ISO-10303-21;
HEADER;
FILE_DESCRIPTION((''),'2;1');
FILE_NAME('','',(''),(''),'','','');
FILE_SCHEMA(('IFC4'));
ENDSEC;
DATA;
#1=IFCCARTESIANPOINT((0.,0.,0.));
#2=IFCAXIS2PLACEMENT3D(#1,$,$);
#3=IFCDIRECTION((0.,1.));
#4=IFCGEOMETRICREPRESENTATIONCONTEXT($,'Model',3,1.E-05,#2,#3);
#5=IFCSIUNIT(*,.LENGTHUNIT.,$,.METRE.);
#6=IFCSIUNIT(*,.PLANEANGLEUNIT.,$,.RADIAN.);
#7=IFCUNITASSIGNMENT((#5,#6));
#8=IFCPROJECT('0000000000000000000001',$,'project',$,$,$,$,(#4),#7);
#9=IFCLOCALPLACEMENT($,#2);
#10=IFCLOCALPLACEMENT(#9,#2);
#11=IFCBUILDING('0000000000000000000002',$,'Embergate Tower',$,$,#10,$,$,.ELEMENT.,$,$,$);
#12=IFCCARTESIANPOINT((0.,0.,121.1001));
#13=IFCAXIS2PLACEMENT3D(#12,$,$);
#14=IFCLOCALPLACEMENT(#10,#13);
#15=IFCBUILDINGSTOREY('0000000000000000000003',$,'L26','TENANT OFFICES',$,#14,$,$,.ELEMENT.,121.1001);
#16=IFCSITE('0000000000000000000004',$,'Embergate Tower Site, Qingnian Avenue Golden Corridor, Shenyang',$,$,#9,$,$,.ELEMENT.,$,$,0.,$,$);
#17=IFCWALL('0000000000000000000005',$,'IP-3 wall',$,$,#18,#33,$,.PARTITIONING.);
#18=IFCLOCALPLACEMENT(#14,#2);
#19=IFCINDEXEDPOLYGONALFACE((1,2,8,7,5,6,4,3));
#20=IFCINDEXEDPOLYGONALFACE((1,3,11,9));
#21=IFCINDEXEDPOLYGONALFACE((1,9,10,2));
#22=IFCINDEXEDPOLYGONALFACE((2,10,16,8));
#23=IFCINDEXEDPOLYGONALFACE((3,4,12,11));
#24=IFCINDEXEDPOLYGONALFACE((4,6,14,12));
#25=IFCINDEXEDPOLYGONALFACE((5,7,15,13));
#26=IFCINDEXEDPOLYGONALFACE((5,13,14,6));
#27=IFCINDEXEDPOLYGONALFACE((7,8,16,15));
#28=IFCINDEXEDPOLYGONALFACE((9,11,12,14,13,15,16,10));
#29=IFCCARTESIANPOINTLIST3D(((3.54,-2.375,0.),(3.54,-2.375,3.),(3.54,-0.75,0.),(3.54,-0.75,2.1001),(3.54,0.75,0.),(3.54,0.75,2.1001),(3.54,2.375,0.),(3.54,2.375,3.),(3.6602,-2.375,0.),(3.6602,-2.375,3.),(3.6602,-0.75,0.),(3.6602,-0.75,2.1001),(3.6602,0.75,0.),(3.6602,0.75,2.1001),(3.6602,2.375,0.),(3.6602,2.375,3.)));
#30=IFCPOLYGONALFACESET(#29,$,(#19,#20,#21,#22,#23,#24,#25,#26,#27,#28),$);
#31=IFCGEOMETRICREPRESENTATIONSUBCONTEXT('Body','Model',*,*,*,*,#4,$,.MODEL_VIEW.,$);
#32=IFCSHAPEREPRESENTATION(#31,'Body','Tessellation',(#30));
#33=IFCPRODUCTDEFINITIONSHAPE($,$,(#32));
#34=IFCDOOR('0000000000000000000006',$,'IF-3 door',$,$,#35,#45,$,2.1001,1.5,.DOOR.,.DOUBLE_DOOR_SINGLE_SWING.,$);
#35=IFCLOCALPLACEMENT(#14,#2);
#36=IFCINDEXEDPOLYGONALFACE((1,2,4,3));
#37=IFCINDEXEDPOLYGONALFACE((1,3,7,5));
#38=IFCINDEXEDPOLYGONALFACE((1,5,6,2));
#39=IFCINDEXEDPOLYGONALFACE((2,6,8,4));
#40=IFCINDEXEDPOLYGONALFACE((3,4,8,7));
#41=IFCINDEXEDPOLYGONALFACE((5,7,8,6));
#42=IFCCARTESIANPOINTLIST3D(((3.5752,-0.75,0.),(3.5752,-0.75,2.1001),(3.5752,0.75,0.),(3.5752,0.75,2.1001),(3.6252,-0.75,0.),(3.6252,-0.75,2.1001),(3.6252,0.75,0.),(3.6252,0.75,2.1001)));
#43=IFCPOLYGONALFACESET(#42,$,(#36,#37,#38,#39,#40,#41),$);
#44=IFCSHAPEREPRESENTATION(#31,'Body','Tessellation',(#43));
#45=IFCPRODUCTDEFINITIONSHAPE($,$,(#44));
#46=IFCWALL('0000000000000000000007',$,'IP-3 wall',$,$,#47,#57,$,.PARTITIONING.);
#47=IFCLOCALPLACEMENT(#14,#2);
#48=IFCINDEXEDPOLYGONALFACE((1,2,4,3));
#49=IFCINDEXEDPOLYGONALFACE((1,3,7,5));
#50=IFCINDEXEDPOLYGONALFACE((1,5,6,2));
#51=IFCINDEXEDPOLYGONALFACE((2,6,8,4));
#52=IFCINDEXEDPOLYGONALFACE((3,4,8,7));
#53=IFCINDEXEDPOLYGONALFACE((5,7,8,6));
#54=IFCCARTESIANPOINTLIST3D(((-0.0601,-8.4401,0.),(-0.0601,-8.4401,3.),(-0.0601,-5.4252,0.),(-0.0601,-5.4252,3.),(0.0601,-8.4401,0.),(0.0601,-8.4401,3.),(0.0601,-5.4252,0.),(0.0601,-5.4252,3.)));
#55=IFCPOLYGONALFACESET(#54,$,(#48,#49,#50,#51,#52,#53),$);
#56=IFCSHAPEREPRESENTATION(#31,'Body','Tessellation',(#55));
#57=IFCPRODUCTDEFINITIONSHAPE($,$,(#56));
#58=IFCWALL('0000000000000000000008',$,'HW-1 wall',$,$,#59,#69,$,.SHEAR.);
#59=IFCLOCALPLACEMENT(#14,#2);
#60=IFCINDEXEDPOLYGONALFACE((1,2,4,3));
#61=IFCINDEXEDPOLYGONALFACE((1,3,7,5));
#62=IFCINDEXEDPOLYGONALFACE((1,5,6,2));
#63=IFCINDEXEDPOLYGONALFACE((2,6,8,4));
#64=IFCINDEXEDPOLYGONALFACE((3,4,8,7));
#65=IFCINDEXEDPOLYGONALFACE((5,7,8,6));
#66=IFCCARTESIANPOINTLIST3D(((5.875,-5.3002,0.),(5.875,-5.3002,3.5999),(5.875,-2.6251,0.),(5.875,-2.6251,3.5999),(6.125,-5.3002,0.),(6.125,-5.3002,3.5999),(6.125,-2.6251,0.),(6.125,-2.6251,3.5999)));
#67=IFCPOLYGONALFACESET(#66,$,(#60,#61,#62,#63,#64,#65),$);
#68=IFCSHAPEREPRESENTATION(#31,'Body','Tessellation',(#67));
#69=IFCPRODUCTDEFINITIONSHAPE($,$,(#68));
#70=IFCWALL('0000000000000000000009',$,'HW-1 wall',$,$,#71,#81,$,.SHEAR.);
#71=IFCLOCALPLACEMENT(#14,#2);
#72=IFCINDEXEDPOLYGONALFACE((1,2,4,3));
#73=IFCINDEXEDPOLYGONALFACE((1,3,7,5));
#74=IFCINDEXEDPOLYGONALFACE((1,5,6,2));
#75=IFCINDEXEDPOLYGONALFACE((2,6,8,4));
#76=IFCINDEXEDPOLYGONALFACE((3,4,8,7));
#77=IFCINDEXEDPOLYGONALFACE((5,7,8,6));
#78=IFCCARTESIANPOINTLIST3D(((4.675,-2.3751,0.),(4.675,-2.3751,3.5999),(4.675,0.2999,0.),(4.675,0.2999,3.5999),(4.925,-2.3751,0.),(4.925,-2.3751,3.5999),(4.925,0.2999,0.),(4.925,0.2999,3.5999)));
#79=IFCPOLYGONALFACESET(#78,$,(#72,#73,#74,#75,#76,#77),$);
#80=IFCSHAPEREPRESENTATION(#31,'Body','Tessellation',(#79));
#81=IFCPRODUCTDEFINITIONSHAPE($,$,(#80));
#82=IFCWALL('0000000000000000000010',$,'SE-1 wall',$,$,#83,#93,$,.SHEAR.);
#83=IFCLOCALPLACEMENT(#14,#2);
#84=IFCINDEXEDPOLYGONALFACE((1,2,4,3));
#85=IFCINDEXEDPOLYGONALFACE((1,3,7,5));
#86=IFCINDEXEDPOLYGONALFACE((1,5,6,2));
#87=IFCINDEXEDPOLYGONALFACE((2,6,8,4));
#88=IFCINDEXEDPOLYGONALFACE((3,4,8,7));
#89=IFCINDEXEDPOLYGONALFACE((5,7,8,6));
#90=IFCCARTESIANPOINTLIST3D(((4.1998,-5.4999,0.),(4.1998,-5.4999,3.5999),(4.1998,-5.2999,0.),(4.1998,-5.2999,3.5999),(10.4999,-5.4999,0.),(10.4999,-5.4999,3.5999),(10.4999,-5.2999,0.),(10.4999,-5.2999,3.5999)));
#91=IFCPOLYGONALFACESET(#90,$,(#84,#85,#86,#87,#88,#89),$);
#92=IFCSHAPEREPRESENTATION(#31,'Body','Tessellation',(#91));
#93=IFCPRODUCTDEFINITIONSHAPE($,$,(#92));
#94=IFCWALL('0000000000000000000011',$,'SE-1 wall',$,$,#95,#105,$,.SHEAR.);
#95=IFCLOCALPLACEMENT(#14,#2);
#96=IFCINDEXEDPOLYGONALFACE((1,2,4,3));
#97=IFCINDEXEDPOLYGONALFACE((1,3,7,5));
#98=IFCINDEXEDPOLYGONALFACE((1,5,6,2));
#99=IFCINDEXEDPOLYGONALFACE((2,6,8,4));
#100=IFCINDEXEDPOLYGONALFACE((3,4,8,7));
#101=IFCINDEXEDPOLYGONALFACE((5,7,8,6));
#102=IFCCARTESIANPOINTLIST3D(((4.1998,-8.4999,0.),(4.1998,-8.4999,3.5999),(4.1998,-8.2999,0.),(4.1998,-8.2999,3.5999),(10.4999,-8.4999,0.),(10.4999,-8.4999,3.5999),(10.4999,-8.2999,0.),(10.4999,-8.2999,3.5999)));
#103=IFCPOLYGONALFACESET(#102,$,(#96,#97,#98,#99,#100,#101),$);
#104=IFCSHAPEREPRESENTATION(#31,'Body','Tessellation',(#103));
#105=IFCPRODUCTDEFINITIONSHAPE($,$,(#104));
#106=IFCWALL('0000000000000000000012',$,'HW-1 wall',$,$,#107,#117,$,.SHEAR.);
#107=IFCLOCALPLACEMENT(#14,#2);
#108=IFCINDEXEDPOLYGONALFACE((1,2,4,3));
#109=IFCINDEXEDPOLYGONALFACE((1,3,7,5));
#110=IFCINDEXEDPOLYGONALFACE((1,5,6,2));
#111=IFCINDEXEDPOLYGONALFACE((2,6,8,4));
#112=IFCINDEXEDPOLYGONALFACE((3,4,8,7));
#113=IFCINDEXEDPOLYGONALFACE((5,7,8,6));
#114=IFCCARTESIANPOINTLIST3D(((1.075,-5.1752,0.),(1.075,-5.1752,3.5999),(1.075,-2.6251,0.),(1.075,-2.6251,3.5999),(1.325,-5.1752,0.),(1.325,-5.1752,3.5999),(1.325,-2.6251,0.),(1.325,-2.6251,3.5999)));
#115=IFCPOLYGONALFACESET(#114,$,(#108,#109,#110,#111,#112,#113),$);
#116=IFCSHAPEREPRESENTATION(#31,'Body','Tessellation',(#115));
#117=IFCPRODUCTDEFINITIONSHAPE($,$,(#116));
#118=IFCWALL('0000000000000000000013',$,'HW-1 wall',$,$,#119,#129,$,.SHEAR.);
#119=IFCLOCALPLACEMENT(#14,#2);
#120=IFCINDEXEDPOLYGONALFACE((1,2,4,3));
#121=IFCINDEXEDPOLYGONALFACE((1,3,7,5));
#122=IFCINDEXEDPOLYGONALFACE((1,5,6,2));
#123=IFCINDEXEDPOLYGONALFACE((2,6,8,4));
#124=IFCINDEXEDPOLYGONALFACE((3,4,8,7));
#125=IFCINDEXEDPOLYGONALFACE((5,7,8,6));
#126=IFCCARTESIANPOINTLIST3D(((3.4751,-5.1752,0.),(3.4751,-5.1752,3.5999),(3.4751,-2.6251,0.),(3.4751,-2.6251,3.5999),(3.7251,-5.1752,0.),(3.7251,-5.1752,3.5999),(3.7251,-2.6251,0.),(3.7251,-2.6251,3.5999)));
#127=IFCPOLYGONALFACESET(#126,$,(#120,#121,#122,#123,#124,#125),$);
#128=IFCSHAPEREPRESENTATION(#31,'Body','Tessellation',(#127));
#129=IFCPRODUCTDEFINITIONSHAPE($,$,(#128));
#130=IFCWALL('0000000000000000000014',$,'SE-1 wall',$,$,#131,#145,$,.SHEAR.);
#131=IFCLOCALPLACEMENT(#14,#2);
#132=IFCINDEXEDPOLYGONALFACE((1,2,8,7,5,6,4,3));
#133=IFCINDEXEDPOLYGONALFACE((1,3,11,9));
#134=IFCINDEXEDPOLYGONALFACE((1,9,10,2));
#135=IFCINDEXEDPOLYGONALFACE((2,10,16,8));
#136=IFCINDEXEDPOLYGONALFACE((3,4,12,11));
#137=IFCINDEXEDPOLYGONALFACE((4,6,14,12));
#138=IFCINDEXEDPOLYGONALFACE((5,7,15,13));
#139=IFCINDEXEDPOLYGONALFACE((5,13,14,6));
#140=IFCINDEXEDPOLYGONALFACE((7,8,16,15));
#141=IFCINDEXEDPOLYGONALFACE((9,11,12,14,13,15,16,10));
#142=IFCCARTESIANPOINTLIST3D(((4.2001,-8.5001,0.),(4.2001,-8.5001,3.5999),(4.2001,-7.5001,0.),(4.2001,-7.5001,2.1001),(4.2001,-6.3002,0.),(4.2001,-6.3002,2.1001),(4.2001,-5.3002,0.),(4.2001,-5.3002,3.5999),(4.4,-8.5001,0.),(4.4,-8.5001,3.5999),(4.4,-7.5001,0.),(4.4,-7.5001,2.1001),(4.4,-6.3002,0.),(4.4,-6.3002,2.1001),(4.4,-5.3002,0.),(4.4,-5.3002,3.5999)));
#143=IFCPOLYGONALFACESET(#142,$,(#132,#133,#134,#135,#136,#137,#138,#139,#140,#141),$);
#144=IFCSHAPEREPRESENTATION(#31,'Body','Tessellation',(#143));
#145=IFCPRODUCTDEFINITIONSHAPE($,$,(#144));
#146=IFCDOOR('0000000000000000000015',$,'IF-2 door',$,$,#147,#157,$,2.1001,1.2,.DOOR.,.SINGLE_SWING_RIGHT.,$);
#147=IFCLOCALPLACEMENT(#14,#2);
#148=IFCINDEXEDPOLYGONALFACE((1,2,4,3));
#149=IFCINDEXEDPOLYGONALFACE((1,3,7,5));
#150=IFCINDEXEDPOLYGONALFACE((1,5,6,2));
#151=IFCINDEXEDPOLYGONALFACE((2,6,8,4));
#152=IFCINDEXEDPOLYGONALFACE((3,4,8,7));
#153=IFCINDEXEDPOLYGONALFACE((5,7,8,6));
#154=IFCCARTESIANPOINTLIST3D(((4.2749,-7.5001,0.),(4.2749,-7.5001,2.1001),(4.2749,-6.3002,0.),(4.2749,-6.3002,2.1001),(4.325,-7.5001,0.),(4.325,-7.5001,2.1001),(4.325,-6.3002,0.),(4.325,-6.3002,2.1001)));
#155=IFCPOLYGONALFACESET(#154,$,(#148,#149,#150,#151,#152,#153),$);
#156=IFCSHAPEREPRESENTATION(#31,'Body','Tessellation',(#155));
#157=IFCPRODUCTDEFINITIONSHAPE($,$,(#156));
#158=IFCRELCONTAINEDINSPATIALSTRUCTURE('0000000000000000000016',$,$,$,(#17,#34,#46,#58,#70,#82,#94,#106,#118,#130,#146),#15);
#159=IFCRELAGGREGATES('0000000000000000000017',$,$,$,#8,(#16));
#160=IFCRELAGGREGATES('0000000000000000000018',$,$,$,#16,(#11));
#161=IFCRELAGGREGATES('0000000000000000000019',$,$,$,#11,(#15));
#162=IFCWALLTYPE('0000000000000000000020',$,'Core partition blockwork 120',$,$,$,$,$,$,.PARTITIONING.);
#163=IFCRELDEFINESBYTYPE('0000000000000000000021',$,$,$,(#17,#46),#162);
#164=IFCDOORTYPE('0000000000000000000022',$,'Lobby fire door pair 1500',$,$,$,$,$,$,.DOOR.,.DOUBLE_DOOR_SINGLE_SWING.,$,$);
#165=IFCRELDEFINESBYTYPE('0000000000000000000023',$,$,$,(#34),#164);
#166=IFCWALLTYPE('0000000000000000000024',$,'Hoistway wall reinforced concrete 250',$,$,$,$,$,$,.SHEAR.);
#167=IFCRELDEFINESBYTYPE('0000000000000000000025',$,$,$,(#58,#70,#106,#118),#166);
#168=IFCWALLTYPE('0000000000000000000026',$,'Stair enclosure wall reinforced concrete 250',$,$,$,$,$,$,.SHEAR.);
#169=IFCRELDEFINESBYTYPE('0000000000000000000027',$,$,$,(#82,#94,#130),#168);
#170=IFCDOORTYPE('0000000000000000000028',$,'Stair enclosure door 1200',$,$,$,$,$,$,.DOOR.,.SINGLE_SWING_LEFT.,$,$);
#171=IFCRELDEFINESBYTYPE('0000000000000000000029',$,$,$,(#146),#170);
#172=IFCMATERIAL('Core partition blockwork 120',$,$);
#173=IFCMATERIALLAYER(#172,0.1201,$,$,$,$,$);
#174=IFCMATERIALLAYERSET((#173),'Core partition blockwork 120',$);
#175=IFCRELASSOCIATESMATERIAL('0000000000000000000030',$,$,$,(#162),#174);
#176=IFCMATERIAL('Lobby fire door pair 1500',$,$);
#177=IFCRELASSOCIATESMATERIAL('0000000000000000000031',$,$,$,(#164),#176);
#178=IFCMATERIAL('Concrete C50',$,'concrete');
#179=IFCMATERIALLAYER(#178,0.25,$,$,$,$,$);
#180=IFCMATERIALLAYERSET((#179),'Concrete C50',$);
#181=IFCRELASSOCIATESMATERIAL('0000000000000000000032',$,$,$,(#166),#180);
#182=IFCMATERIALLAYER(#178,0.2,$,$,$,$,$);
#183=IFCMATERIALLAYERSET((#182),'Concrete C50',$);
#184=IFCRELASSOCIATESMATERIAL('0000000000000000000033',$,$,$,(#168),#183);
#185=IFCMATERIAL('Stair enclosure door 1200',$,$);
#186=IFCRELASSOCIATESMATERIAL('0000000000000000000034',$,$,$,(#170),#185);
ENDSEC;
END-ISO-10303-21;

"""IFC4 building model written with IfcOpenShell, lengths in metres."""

from ifc_helpers import new_model, si_unit, direction, frame, frame_2d, origin, place, context, subcontext, project, spatial, rectangle, extrude, source, transform, mapped, material, layer, layer_set, type_object, element, fill, save


model = new_model("IFC4")

# Units and contexts
model_context = context("Model", 3, precision=1e-05, world=origin(), true_north=direction((0.0, 1.0)))
body_context = subcontext(model_context, "Body", "Model", "MODEL_VIEW")
ifc_project = project(units=[si_unit("LENGTHUNIT", "METRE"), si_unit("PLANEANGLEUNIT", "RADIAN")], contexts=[model_context])

# Site, building, storey
site_placement = place(None, origin())
site = spatial("IfcSite", under=ifc_project, at=site_placement, Name="Embergate Tower Site, Qingnian Avenue Golden Corridor, Shenyang", CompositionType="ELEMENT", RefElevation=0.0)
building_placement = place(site_placement, origin())
building = spatial("IfcBuilding", under=site, at=building_placement, Name="Embergate Tower", CompositionType="ELEMENT")
storey_placement = place(building_placement, frame((0.0, 0.0, 121.1001)))
storey = spatial("IfcBuildingStorey", under=building, at=storey_placement, Name="L26", Description="TENANT OFFICES", CompositionType="ELEMENT", Elevation=121.1001)

# Wall, opening, door
ifc_material_1 = material(Name="Core partition blockwork 120")
ifc_layer_1 = layer(ifc_material_1, 0.1201)
ifc_layer_set_1 = layer_set([ifc_layer_1], Name="Core partition blockwork 120")
wall_type_1 = type_object("IfcWallType", Name="Core partition blockwork 120", PredefinedType="PARTITIONING", material=ifc_layer_set_1)
shared_shape_1 = source(origin(), body_context, "Body", "SweptSolid", [
    extrude(rectangle(XDim=4.75, YDim=0.1201, at=frame_2d((2.375, 0.0))), origin(), (0.0, 0.0, 1.0), 3.0),
])
wall_1_placement = place(storey_placement, frame((3.6001, -2.375, 0.0), z_axis=(0.0, 0.0, 1.0), x_axis=(0.0, 1.0, 0.0)))
wall_1 = element("IfcWall", 1, at=wall_1_placement, inside=storey, type_object=wall_type_1, Name="IP-3 wall", PredefinedType="PARTITIONING", context=body_context, shape_type="MappedRepresentation", body=[
    mapped(shared_shape_1, transform((0.0, 0.0, 0.0))),
])
shared_shape_2 = source(origin(), body_context, "Body", "SweptSolid", [
    extrude(rectangle(XDim=1.5, YDim=2.1001, at=frame_2d((0.75, 1.05))), frame((0.0, 0.0701, 0.0), z_axis=(0.0, -1.0, 0.0), x_axis=(1.0, 0.0, 0.0)), (0.0, 0.0, 1.0), 0.1401),
])
opening_1_placement = place(wall_1_placement, frame((1.625, 0.0, 0.0)))
opening_1 = element("IfcOpeningElement", 2, at=opening_1_placement, cuts=wall_1, PredefinedType="OPENING", context=body_context, shape_type="MappedRepresentation", body=[
    mapped(shared_shape_2, transform((0.0, 0.0, 0.0))),
])
ifc_material_2 = material(Name="Lobby fire door pair 1500")
door_type_1 = type_object("IfcDoorType", Name="Lobby fire door pair 1500", OperationType="DOUBLE_DOOR_SINGLE_SWING", PredefinedType="DOOR", material=ifc_material_2)
shared_shape_3 = source(origin(), body_context, "Body", "SweptSolid", [
    extrude(rectangle(XDim=1.5, YDim=2.1001, at=frame_2d((0.75, 1.05))), frame((0.0, 0.0249, 0.0), z_axis=(0.0, -1.0, 0.0), x_axis=(1.0, 0.0, 0.0)), (0.0, 0.0, 1.0), 0.05),
])
door_1_placement = place(opening_1_placement, origin())
door_1 = element("IfcDoor", 3, at=door_1_placement, inside=storey, type_object=door_type_1, Name="IF-3 door", OperationType="DOUBLE_DOOR_SINGLE_SWING", OverallHeight=2.1001, OverallWidth=1.5, PredefinedType="DOOR", context=body_context, shape_type="MappedRepresentation", body=[
    mapped(shared_shape_3, transform((0.0, 0.0, 0.0))),
])
fill(opening_1, door_1)

# Walls
shared_shape_4 = source(origin(), body_context, "Body", "SweptSolid", [
    extrude(rectangle(XDim=3.0149, YDim=0.1201, at=frame_2d((1.5073, 0.0))), origin(), (0.0, 0.0, 1.0), 3.0),
])
wall_2_placement = place(storey_placement, frame((0.0, -8.4399, 0.0), z_axis=(0.0, 0.0, 1.0), x_axis=(0.0, 1.0, 0.0)))
element("IfcWall", 4, at=wall_2_placement, inside=storey, type_object=wall_type_1, Name="IP-3 wall", PredefinedType="PARTITIONING", context=body_context, shape_type="MappedRepresentation", body=[
    mapped(shared_shape_4, transform((0.0, 0.0, 0.0))),
])
ifc_material_3 = material(Name="Concrete C50", Category="concrete")
ifc_layer_2 = layer(ifc_material_3, 0.25)
ifc_layer_set_2 = layer_set([ifc_layer_2], Name="Concrete C50")
wall_type_2 = type_object("IfcWallType", Name="Hoistway wall reinforced concrete 250", PredefinedType="SHEAR", material=ifc_layer_set_2)
shared_shape_5 = source(origin(), body_context, "Body", "SweptSolid", [
    extrude(rectangle(XDim=2.675, YDim=0.25, at=frame_2d((1.3374, 0.0))), origin(), (0.0, 0.0, 1.0), 3.5999),
])
for number, where, z_axis, x_axis, name in (
    (5, (6.0, -5.3, 0.0), (0.0, 0.0, 1.0), (0.0, 1.0, 0.0), "HW-1 wall"),
    (6, (4.8, -2.375, 0.0), (0.0, 0.0, 1.0), (0.0, 1.0, 0.0), "HW-1 wall"),
):
    element("IfcWall", number, at=place(storey_placement, frame(where, z_axis=z_axis, x_axis=x_axis)), inside=storey, type_object=wall_type_2, Name=name, PredefinedType="SHEAR", context=body_context, shape_type="MappedRepresentation", body=[
        mapped(shared_shape_5, transform((0.0, 0.0, 0.0))),
    ])
ifc_layer_3 = layer(ifc_material_3, 0.2)
ifc_layer_set_3 = layer_set([ifc_layer_3], Name="Concrete C50")
wall_type_3 = type_object("IfcWallType", Name="Stair enclosure wall reinforced concrete 250", PredefinedType="SHEAR", material=ifc_layer_set_3)
shared_shape_6 = source(origin(), body_context, "Body", "SweptSolid", [
    extrude(rectangle(XDim=6.3, YDim=0.2, at=frame_2d((3.1499, 0.0))), origin(), (0.0, 0.0, 1.0), 3.5999),
])
for number, where, z_axis, x_axis, name in (
    (7, (4.2, -5.3999, 0.0), (0.0, 0.0, 1.0), (1.0, 0.0, 0.0), "SE-1 wall"),
    (8, (4.2, -8.3999, 0.0), (0.0, 0.0, 1.0), (1.0, 0.0, 0.0), "SE-1 wall"),
):
    element("IfcWall", number, at=place(storey_placement, frame(where, z_axis=z_axis, x_axis=x_axis)), inside=storey, type_object=wall_type_3, Name=name, PredefinedType="SHEAR", context=body_context, shape_type="MappedRepresentation", body=[
        mapped(shared_shape_6, transform((0.0, 0.0, 0.0))),
    ])
shared_shape_7 = source(origin(), body_context, "Body", "SweptSolid", [
    extrude(rectangle(XDim=2.55, YDim=0.25, at=frame_2d((1.2749, 0.0))), origin(), (0.0, 0.0, 1.0), 3.5999),
])
for number, where, z_axis, x_axis, name in (
    (9, (1.2, -5.175, 0.0), (0.0, 0.0, 1.0), (0.0, 1.0, 0.0), "HW-1 wall"),
    (10, (3.6001, -5.175, 0.0), (0.0, 0.0, 1.0), (0.0, 1.0, 0.0), "HW-1 wall"),
):
    element("IfcWall", number, at=place(storey_placement, frame(where, z_axis=z_axis, x_axis=x_axis)), inside=storey, type_object=wall_type_2, Name=name, PredefinedType="SHEAR", context=body_context, shape_type="MappedRepresentation", body=[
        mapped(shared_shape_7, transform((0.0, 0.0, 0.0))),
    ])

# Wall, opening, door
shared_shape_8 = source(origin(), body_context, "Body", "SweptSolid", [
    extrude(rectangle(XDim=3.2, YDim=0.2, at=frame_2d((1.6001, 0.0))), origin(), (0.0, 0.0, 1.0), 3.5999),
])
wall_3_placement = place(storey_placement, frame((4.3, -5.3, 0.0), z_axis=(0.0, 0.0, 1.0), x_axis=(0.0, -1.0, 0.0)))
wall_3 = element("IfcWall", 11, at=wall_3_placement, inside=storey, type_object=wall_type_3, Name="SE-1 wall", PredefinedType="SHEAR", context=body_context, shape_type="MappedRepresentation", body=[
    mapped(shared_shape_8, transform((0.0, 0.0, 0.0))),
])
shared_shape_9 = source(origin(), body_context, "Body", "SweptSolid", [
    extrude(rectangle(XDim=1.2, YDim=2.1001, at=frame_2d((0.6001, 1.05))), frame((0.0, 0.1099, 0.0), z_axis=(0.0, -1.0, 0.0), x_axis=(1.0, 0.0, 0.0)), (0.0, 0.0, 1.0), 0.22),
])
opening_2_placement = place(wall_3_placement, frame((1.0, 0.0, 0.0)))
opening_2 = element("IfcOpeningElement", 12, at=opening_2_placement, cuts=wall_3, PredefinedType="OPENING", context=body_context, shape_type="MappedRepresentation", body=[
    mapped(shared_shape_9, transform((0.0, 0.0, 0.0))),
])
ifc_material_4 = material(Name="Stair enclosure door 1200")
door_type_2 = type_object("IfcDoorType", Name="Stair enclosure door 1200", OperationType="SINGLE_SWING_LEFT", PredefinedType="DOOR", material=ifc_material_4)
shared_shape_10 = source(origin(), body_context, "Body", "SweptSolid", [
    extrude(rectangle(XDim=1.2, YDim=2.1001, at=frame_2d((0.6001, 1.05))), frame((0.0, 0.0249, 0.0), z_axis=(0.0, -1.0, 0.0), x_axis=(1.0, 0.0, 0.0)), (0.0, 0.0, 1.0), 0.05),
])
door_2_placement = place(opening_2_placement, origin())
door_2 = element("IfcDoor", 13, at=door_2_placement, inside=storey, type_object=door_type_2, Name="IF-2 door", OperationType="SINGLE_SWING_RIGHT", OverallHeight=2.1001, OverallWidth=1.2, PredefinedType="DOOR", context=body_context, shape_type="MappedRepresentation", body=[
    mapped(shared_shape_10, transform((0.0, 0.0, 0.0))),
])
fill(opening_2, door_2)

save(model, "model.ifc")
